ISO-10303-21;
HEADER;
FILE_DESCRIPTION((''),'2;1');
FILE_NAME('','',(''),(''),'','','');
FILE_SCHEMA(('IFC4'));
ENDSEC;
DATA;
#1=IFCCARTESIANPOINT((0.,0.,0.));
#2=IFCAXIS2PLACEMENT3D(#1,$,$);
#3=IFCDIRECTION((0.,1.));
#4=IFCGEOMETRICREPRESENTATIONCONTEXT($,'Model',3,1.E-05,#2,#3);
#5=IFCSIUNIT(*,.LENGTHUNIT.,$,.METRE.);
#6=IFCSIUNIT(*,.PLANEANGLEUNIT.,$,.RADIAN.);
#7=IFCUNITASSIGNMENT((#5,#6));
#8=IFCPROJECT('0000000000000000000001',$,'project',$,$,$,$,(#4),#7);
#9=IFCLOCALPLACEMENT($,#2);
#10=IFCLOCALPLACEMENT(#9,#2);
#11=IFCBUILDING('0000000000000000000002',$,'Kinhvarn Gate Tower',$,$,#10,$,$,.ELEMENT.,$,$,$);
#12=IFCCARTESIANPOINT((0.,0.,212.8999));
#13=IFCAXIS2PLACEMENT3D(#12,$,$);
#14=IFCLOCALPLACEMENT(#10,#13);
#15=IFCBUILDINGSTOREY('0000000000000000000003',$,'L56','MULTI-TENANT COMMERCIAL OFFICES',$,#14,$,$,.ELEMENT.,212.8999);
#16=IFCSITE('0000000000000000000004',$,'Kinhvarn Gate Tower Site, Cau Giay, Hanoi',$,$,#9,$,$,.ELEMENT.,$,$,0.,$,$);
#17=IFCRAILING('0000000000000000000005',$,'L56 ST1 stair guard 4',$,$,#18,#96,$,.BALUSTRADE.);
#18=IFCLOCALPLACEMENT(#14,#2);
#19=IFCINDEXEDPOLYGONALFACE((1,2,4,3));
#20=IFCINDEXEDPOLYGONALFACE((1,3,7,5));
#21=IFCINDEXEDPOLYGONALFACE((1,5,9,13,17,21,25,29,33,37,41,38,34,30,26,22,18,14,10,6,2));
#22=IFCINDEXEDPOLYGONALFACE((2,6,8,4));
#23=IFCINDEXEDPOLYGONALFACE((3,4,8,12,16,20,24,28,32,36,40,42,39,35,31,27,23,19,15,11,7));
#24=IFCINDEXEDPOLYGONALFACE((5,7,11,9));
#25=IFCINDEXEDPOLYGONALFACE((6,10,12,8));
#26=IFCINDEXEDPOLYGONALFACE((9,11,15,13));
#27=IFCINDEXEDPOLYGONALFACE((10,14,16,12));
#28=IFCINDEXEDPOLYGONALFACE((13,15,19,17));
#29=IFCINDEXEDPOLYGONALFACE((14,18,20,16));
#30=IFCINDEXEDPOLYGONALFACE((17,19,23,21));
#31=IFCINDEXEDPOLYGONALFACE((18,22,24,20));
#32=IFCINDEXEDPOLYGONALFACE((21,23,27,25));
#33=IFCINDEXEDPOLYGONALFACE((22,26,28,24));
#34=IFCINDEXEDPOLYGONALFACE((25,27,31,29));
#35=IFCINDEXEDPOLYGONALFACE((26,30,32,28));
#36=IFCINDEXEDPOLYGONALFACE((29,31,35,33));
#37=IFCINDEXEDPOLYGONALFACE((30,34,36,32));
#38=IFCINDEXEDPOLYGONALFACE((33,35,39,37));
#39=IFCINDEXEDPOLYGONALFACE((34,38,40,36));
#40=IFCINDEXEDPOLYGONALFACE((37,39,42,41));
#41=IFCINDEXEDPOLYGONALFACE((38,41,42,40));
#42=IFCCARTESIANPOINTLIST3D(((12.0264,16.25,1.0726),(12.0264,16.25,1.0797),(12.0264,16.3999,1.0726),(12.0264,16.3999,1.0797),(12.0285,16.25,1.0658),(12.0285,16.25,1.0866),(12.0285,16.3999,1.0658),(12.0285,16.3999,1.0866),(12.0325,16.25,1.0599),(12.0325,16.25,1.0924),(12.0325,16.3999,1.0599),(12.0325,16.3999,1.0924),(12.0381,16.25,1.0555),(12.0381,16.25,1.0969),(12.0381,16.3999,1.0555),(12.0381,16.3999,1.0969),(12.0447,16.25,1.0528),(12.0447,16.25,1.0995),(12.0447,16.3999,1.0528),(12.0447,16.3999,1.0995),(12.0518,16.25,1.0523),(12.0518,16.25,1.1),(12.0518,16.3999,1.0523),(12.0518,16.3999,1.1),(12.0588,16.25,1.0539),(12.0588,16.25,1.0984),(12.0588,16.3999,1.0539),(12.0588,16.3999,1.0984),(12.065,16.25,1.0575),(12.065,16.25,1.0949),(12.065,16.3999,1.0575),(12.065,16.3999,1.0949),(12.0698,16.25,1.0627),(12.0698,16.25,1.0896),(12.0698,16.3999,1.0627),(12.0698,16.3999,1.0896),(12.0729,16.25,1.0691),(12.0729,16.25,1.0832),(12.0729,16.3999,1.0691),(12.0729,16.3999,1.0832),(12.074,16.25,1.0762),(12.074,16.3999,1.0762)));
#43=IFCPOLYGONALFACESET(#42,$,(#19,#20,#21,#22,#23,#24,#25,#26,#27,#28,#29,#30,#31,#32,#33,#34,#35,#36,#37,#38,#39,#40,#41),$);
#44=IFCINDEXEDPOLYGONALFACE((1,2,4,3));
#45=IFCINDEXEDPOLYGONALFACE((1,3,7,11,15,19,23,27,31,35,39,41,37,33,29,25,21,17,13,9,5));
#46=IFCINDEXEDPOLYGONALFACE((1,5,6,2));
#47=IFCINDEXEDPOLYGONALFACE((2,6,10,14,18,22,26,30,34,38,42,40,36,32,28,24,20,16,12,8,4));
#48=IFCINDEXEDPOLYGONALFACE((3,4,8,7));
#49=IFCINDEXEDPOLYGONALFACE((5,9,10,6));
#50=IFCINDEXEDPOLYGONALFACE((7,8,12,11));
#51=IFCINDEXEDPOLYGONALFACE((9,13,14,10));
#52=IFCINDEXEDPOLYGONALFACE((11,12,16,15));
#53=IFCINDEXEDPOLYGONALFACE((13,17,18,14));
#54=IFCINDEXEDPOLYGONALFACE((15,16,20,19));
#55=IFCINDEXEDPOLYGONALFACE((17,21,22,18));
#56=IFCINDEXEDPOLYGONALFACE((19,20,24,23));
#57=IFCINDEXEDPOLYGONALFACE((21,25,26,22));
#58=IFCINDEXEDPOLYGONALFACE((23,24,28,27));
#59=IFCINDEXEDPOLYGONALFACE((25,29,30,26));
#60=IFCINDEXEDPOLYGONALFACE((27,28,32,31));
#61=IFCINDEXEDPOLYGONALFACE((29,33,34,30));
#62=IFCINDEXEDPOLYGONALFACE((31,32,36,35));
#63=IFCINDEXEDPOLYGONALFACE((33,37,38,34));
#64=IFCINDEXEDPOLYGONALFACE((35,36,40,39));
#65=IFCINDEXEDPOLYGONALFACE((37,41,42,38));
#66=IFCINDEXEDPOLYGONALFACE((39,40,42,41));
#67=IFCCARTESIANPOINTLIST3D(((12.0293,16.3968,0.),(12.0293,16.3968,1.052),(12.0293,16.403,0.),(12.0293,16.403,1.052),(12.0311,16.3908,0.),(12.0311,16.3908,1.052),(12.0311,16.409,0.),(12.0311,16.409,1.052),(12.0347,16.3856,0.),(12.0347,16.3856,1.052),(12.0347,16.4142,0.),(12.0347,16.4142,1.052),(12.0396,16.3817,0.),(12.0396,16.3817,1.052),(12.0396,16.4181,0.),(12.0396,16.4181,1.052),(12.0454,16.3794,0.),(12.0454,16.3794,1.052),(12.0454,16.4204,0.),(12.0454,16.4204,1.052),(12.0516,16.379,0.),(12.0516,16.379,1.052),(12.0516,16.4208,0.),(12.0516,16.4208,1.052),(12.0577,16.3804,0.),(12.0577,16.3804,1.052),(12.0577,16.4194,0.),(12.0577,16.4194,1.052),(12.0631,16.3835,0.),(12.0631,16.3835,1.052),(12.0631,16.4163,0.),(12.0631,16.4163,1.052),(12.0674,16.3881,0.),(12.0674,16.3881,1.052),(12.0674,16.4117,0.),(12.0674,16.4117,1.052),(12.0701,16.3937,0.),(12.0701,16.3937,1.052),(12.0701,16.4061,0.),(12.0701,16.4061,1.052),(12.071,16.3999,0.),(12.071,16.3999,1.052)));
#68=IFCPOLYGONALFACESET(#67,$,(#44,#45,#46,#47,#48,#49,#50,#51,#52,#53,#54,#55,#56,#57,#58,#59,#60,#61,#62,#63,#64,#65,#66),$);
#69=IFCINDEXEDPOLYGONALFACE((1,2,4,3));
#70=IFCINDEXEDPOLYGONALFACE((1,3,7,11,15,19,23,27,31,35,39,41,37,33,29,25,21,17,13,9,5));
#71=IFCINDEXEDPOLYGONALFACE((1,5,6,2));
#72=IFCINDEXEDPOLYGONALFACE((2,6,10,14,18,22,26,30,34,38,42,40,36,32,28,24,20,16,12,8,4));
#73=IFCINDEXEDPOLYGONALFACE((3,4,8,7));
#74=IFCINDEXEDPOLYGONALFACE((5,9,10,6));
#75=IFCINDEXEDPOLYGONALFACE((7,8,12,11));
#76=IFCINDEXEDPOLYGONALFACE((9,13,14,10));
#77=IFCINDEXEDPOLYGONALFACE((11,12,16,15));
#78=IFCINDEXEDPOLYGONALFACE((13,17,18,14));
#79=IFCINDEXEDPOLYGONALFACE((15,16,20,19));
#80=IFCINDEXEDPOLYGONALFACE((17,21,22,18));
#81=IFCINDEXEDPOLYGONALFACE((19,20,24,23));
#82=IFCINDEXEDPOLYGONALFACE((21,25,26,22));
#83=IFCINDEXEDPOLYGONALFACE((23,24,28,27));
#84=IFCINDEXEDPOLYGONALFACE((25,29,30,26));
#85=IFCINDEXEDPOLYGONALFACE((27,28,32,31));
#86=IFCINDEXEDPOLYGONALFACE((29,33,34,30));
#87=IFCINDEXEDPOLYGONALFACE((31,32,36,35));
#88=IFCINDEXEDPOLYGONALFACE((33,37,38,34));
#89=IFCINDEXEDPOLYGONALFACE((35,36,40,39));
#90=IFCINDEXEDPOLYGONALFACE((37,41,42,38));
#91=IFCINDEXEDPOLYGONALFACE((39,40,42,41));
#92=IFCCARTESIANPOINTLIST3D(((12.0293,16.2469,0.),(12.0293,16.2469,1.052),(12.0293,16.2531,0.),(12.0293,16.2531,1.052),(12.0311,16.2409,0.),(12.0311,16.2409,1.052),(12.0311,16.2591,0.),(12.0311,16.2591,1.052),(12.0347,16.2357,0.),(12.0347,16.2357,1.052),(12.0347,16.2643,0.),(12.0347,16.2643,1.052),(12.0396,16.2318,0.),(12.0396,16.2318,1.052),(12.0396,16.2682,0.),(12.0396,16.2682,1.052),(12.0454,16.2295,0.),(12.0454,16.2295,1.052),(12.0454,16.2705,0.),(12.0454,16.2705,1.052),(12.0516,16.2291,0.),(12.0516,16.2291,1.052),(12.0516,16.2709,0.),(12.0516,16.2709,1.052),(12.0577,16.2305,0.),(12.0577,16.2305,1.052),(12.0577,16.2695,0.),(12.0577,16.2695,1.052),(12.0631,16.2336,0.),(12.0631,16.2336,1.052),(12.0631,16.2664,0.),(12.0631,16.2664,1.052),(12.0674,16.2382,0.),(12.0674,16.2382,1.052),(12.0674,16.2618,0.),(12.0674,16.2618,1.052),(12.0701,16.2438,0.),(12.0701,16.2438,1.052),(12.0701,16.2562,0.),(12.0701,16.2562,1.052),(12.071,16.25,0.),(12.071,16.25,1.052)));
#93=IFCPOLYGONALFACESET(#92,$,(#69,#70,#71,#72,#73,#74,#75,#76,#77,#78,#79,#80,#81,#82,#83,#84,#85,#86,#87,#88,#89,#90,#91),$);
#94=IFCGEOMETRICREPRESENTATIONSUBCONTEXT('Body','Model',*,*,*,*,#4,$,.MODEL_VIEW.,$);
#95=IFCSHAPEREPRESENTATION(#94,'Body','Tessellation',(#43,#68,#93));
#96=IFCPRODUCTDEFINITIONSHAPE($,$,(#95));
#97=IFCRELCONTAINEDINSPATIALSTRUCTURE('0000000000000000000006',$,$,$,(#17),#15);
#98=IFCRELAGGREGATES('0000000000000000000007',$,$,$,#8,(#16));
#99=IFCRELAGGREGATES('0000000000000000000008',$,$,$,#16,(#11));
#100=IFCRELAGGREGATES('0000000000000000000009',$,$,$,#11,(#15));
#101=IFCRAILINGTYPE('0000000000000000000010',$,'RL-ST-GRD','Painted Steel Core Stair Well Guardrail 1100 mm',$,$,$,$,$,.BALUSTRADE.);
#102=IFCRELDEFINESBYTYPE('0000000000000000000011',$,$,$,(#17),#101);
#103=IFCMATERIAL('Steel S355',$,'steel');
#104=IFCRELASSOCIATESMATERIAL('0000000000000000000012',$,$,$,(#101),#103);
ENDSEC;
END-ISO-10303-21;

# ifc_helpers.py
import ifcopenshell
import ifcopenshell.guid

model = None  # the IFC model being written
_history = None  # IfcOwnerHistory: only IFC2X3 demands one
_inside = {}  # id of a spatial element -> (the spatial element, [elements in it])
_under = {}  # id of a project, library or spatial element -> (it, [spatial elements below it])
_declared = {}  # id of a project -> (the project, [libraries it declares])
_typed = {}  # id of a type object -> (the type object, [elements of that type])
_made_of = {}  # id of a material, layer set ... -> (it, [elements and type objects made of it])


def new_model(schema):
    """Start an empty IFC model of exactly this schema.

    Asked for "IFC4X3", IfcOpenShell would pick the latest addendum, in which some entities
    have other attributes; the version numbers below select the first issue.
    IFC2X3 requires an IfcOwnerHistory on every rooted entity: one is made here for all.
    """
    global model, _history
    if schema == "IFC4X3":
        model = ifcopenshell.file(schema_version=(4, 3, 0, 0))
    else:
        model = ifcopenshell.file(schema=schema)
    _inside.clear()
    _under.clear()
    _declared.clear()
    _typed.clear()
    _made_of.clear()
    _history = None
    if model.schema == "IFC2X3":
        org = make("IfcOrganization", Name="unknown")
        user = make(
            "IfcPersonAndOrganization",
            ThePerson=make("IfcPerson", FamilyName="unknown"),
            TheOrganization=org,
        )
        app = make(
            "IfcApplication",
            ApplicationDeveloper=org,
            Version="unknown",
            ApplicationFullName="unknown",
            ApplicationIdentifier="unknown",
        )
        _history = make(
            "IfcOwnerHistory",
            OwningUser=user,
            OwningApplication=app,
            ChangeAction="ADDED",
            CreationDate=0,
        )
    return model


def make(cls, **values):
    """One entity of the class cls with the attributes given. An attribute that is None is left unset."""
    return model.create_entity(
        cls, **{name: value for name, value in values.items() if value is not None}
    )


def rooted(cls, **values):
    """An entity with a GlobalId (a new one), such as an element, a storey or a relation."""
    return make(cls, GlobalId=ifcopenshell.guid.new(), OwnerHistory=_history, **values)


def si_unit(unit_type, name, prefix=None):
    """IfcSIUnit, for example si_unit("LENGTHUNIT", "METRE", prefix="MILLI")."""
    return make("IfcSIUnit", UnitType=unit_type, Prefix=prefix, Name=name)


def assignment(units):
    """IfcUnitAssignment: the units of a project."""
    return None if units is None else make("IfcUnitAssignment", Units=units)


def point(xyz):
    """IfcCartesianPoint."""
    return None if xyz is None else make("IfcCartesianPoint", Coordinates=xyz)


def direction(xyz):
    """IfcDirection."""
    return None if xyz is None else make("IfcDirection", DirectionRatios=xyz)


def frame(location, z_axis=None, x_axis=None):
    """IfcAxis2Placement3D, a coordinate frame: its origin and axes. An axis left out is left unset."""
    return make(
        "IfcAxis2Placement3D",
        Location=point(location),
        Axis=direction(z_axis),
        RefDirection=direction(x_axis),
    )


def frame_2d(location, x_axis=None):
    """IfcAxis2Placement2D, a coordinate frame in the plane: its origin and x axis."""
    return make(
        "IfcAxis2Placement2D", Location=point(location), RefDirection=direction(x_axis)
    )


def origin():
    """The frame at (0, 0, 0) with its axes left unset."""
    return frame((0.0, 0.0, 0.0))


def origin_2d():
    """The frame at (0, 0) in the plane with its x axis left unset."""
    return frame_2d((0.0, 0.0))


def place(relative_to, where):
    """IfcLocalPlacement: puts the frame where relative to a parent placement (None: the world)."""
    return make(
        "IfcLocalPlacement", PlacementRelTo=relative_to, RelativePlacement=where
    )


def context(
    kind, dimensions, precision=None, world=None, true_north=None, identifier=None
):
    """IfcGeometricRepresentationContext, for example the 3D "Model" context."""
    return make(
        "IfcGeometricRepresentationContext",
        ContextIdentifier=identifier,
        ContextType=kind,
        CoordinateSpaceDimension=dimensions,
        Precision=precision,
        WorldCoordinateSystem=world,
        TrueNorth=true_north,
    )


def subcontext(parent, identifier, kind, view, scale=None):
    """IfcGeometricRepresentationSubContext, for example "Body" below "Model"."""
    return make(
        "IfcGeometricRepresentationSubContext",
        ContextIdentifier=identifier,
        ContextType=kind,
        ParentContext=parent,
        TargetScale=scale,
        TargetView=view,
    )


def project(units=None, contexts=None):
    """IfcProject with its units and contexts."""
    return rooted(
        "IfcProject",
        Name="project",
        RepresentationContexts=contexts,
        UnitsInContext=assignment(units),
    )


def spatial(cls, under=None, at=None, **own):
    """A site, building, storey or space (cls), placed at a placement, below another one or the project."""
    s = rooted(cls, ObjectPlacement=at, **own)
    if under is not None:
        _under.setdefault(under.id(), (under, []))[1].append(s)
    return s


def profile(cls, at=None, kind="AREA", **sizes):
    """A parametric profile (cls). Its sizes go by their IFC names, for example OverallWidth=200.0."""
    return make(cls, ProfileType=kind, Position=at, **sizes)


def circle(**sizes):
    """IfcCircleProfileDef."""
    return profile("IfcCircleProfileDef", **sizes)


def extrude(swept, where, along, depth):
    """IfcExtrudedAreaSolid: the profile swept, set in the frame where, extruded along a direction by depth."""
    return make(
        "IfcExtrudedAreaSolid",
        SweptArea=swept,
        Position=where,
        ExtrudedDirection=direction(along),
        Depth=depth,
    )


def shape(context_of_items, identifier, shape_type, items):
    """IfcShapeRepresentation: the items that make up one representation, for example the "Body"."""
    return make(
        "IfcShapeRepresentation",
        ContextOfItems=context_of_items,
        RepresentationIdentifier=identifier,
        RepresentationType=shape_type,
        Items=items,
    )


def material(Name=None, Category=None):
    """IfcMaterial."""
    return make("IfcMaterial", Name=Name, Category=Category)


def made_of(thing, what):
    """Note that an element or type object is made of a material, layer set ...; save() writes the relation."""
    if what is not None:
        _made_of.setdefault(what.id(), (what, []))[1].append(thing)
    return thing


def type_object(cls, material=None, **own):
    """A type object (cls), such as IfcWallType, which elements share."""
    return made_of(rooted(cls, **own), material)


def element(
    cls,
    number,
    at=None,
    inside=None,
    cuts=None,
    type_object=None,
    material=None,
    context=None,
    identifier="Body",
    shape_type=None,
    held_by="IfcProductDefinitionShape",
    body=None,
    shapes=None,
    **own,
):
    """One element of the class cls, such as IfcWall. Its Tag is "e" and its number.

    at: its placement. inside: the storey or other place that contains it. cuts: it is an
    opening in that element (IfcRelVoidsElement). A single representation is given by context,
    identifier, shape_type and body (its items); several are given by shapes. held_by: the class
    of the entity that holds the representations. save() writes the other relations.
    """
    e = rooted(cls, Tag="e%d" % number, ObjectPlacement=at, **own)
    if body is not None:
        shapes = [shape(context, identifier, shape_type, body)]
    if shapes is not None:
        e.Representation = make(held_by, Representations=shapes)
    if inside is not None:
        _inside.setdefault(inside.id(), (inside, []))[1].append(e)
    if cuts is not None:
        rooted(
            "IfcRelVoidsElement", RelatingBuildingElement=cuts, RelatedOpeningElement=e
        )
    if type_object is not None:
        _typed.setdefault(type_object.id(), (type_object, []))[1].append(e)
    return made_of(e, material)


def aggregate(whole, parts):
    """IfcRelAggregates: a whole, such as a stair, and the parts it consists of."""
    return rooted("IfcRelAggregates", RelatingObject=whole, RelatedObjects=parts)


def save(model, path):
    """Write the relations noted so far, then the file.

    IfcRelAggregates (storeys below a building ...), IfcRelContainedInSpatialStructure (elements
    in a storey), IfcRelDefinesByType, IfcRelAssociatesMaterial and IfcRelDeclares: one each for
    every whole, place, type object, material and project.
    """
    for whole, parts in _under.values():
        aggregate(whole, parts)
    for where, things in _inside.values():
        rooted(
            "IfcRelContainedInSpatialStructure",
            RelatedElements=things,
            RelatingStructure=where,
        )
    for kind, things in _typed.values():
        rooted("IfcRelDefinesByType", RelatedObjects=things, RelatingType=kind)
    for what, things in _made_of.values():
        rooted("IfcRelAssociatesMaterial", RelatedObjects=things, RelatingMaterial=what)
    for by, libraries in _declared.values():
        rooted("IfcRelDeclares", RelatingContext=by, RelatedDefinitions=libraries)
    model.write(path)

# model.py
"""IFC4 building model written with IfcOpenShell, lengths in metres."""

from ifc_helpers import new_model, si_unit, direction, frame, origin, origin_2d, place, context, subcontext, project, spatial, circle, extrude, material, type_object, element, save


model = new_model("IFC4")

# Units and contexts
model_context = context("Model", 3, precision=1e-05, world=origin(), true_north=direction((0.0, 1.0)))
body_context = subcontext(model_context, "Body", "Model", "MODEL_VIEW")
ifc_project = project(units=[si_unit("LENGTHUNIT", "METRE"), si_unit("PLANEANGLEUNIT", "RADIAN")], contexts=[model_context])

# Site, building, storey
site_placement = place(None, origin())
site = spatial("IfcSite", under=ifc_project, at=site_placement, Name="Kinhvarn Gate Tower Site, Cau Giay, Hanoi", CompositionType="ELEMENT", RefElevation=0.0)
building_placement = place(site_placement, origin())
building = spatial("IfcBuilding", under=site, at=building_placement, Name="Kinhvarn Gate Tower", CompositionType="ELEMENT")
storey_placement = place(building_placement, frame((0.0, 0.0, 212.8999)))
storey = spatial("IfcBuildingStorey", under=building, at=storey_placement, Name="L56", Description="MULTI-TENANT COMMERCIAL OFFICES", CompositionType="ELEMENT", Elevation=212.8999)

# Shared definitions
ifc_material_1 = material(Name="Steel S355", Category="steel")

# Railing
railing_type_1 = type_object("IfcRailingType", Name="RL-ST-GRD", Description="Painted Steel Core Stair Well Guardrail 1100 mm", PredefinedType="BALUSTRADE", material=ifc_material_1)
railing_1_placement = place(storey_placement, frame((12.05, 16.3999, 0.0)))
element("IfcRailing", 1, at=railing_1_placement, inside=storey, type_object=railing_type_1, Name="L56 ST1 stair guard 4", PredefinedType="BALUSTRADE", context=body_context, shape_type="SweptSolid", body=[
    extrude(circle(Radius=0.0239, at=origin_2d()), frame((0.0, 0.0, 1.0762), z_axis=(0.0, -1.0, 0.0), x_axis=(1.0, 0.0, 0.0)), (0.0, 0.0, 1.0), 0.1499),
    extrude(circle(Radius=0.021, at=origin_2d()), origin(), (0.0, 0.0, 1.0), 1.052),
    extrude(circle(Radius=0.021, at=origin_2d()), frame((0.0, -0.1499, 0.0)), (0.0, 0.0, 1.0), 1.052),
])

save(model, "model.ifc")
